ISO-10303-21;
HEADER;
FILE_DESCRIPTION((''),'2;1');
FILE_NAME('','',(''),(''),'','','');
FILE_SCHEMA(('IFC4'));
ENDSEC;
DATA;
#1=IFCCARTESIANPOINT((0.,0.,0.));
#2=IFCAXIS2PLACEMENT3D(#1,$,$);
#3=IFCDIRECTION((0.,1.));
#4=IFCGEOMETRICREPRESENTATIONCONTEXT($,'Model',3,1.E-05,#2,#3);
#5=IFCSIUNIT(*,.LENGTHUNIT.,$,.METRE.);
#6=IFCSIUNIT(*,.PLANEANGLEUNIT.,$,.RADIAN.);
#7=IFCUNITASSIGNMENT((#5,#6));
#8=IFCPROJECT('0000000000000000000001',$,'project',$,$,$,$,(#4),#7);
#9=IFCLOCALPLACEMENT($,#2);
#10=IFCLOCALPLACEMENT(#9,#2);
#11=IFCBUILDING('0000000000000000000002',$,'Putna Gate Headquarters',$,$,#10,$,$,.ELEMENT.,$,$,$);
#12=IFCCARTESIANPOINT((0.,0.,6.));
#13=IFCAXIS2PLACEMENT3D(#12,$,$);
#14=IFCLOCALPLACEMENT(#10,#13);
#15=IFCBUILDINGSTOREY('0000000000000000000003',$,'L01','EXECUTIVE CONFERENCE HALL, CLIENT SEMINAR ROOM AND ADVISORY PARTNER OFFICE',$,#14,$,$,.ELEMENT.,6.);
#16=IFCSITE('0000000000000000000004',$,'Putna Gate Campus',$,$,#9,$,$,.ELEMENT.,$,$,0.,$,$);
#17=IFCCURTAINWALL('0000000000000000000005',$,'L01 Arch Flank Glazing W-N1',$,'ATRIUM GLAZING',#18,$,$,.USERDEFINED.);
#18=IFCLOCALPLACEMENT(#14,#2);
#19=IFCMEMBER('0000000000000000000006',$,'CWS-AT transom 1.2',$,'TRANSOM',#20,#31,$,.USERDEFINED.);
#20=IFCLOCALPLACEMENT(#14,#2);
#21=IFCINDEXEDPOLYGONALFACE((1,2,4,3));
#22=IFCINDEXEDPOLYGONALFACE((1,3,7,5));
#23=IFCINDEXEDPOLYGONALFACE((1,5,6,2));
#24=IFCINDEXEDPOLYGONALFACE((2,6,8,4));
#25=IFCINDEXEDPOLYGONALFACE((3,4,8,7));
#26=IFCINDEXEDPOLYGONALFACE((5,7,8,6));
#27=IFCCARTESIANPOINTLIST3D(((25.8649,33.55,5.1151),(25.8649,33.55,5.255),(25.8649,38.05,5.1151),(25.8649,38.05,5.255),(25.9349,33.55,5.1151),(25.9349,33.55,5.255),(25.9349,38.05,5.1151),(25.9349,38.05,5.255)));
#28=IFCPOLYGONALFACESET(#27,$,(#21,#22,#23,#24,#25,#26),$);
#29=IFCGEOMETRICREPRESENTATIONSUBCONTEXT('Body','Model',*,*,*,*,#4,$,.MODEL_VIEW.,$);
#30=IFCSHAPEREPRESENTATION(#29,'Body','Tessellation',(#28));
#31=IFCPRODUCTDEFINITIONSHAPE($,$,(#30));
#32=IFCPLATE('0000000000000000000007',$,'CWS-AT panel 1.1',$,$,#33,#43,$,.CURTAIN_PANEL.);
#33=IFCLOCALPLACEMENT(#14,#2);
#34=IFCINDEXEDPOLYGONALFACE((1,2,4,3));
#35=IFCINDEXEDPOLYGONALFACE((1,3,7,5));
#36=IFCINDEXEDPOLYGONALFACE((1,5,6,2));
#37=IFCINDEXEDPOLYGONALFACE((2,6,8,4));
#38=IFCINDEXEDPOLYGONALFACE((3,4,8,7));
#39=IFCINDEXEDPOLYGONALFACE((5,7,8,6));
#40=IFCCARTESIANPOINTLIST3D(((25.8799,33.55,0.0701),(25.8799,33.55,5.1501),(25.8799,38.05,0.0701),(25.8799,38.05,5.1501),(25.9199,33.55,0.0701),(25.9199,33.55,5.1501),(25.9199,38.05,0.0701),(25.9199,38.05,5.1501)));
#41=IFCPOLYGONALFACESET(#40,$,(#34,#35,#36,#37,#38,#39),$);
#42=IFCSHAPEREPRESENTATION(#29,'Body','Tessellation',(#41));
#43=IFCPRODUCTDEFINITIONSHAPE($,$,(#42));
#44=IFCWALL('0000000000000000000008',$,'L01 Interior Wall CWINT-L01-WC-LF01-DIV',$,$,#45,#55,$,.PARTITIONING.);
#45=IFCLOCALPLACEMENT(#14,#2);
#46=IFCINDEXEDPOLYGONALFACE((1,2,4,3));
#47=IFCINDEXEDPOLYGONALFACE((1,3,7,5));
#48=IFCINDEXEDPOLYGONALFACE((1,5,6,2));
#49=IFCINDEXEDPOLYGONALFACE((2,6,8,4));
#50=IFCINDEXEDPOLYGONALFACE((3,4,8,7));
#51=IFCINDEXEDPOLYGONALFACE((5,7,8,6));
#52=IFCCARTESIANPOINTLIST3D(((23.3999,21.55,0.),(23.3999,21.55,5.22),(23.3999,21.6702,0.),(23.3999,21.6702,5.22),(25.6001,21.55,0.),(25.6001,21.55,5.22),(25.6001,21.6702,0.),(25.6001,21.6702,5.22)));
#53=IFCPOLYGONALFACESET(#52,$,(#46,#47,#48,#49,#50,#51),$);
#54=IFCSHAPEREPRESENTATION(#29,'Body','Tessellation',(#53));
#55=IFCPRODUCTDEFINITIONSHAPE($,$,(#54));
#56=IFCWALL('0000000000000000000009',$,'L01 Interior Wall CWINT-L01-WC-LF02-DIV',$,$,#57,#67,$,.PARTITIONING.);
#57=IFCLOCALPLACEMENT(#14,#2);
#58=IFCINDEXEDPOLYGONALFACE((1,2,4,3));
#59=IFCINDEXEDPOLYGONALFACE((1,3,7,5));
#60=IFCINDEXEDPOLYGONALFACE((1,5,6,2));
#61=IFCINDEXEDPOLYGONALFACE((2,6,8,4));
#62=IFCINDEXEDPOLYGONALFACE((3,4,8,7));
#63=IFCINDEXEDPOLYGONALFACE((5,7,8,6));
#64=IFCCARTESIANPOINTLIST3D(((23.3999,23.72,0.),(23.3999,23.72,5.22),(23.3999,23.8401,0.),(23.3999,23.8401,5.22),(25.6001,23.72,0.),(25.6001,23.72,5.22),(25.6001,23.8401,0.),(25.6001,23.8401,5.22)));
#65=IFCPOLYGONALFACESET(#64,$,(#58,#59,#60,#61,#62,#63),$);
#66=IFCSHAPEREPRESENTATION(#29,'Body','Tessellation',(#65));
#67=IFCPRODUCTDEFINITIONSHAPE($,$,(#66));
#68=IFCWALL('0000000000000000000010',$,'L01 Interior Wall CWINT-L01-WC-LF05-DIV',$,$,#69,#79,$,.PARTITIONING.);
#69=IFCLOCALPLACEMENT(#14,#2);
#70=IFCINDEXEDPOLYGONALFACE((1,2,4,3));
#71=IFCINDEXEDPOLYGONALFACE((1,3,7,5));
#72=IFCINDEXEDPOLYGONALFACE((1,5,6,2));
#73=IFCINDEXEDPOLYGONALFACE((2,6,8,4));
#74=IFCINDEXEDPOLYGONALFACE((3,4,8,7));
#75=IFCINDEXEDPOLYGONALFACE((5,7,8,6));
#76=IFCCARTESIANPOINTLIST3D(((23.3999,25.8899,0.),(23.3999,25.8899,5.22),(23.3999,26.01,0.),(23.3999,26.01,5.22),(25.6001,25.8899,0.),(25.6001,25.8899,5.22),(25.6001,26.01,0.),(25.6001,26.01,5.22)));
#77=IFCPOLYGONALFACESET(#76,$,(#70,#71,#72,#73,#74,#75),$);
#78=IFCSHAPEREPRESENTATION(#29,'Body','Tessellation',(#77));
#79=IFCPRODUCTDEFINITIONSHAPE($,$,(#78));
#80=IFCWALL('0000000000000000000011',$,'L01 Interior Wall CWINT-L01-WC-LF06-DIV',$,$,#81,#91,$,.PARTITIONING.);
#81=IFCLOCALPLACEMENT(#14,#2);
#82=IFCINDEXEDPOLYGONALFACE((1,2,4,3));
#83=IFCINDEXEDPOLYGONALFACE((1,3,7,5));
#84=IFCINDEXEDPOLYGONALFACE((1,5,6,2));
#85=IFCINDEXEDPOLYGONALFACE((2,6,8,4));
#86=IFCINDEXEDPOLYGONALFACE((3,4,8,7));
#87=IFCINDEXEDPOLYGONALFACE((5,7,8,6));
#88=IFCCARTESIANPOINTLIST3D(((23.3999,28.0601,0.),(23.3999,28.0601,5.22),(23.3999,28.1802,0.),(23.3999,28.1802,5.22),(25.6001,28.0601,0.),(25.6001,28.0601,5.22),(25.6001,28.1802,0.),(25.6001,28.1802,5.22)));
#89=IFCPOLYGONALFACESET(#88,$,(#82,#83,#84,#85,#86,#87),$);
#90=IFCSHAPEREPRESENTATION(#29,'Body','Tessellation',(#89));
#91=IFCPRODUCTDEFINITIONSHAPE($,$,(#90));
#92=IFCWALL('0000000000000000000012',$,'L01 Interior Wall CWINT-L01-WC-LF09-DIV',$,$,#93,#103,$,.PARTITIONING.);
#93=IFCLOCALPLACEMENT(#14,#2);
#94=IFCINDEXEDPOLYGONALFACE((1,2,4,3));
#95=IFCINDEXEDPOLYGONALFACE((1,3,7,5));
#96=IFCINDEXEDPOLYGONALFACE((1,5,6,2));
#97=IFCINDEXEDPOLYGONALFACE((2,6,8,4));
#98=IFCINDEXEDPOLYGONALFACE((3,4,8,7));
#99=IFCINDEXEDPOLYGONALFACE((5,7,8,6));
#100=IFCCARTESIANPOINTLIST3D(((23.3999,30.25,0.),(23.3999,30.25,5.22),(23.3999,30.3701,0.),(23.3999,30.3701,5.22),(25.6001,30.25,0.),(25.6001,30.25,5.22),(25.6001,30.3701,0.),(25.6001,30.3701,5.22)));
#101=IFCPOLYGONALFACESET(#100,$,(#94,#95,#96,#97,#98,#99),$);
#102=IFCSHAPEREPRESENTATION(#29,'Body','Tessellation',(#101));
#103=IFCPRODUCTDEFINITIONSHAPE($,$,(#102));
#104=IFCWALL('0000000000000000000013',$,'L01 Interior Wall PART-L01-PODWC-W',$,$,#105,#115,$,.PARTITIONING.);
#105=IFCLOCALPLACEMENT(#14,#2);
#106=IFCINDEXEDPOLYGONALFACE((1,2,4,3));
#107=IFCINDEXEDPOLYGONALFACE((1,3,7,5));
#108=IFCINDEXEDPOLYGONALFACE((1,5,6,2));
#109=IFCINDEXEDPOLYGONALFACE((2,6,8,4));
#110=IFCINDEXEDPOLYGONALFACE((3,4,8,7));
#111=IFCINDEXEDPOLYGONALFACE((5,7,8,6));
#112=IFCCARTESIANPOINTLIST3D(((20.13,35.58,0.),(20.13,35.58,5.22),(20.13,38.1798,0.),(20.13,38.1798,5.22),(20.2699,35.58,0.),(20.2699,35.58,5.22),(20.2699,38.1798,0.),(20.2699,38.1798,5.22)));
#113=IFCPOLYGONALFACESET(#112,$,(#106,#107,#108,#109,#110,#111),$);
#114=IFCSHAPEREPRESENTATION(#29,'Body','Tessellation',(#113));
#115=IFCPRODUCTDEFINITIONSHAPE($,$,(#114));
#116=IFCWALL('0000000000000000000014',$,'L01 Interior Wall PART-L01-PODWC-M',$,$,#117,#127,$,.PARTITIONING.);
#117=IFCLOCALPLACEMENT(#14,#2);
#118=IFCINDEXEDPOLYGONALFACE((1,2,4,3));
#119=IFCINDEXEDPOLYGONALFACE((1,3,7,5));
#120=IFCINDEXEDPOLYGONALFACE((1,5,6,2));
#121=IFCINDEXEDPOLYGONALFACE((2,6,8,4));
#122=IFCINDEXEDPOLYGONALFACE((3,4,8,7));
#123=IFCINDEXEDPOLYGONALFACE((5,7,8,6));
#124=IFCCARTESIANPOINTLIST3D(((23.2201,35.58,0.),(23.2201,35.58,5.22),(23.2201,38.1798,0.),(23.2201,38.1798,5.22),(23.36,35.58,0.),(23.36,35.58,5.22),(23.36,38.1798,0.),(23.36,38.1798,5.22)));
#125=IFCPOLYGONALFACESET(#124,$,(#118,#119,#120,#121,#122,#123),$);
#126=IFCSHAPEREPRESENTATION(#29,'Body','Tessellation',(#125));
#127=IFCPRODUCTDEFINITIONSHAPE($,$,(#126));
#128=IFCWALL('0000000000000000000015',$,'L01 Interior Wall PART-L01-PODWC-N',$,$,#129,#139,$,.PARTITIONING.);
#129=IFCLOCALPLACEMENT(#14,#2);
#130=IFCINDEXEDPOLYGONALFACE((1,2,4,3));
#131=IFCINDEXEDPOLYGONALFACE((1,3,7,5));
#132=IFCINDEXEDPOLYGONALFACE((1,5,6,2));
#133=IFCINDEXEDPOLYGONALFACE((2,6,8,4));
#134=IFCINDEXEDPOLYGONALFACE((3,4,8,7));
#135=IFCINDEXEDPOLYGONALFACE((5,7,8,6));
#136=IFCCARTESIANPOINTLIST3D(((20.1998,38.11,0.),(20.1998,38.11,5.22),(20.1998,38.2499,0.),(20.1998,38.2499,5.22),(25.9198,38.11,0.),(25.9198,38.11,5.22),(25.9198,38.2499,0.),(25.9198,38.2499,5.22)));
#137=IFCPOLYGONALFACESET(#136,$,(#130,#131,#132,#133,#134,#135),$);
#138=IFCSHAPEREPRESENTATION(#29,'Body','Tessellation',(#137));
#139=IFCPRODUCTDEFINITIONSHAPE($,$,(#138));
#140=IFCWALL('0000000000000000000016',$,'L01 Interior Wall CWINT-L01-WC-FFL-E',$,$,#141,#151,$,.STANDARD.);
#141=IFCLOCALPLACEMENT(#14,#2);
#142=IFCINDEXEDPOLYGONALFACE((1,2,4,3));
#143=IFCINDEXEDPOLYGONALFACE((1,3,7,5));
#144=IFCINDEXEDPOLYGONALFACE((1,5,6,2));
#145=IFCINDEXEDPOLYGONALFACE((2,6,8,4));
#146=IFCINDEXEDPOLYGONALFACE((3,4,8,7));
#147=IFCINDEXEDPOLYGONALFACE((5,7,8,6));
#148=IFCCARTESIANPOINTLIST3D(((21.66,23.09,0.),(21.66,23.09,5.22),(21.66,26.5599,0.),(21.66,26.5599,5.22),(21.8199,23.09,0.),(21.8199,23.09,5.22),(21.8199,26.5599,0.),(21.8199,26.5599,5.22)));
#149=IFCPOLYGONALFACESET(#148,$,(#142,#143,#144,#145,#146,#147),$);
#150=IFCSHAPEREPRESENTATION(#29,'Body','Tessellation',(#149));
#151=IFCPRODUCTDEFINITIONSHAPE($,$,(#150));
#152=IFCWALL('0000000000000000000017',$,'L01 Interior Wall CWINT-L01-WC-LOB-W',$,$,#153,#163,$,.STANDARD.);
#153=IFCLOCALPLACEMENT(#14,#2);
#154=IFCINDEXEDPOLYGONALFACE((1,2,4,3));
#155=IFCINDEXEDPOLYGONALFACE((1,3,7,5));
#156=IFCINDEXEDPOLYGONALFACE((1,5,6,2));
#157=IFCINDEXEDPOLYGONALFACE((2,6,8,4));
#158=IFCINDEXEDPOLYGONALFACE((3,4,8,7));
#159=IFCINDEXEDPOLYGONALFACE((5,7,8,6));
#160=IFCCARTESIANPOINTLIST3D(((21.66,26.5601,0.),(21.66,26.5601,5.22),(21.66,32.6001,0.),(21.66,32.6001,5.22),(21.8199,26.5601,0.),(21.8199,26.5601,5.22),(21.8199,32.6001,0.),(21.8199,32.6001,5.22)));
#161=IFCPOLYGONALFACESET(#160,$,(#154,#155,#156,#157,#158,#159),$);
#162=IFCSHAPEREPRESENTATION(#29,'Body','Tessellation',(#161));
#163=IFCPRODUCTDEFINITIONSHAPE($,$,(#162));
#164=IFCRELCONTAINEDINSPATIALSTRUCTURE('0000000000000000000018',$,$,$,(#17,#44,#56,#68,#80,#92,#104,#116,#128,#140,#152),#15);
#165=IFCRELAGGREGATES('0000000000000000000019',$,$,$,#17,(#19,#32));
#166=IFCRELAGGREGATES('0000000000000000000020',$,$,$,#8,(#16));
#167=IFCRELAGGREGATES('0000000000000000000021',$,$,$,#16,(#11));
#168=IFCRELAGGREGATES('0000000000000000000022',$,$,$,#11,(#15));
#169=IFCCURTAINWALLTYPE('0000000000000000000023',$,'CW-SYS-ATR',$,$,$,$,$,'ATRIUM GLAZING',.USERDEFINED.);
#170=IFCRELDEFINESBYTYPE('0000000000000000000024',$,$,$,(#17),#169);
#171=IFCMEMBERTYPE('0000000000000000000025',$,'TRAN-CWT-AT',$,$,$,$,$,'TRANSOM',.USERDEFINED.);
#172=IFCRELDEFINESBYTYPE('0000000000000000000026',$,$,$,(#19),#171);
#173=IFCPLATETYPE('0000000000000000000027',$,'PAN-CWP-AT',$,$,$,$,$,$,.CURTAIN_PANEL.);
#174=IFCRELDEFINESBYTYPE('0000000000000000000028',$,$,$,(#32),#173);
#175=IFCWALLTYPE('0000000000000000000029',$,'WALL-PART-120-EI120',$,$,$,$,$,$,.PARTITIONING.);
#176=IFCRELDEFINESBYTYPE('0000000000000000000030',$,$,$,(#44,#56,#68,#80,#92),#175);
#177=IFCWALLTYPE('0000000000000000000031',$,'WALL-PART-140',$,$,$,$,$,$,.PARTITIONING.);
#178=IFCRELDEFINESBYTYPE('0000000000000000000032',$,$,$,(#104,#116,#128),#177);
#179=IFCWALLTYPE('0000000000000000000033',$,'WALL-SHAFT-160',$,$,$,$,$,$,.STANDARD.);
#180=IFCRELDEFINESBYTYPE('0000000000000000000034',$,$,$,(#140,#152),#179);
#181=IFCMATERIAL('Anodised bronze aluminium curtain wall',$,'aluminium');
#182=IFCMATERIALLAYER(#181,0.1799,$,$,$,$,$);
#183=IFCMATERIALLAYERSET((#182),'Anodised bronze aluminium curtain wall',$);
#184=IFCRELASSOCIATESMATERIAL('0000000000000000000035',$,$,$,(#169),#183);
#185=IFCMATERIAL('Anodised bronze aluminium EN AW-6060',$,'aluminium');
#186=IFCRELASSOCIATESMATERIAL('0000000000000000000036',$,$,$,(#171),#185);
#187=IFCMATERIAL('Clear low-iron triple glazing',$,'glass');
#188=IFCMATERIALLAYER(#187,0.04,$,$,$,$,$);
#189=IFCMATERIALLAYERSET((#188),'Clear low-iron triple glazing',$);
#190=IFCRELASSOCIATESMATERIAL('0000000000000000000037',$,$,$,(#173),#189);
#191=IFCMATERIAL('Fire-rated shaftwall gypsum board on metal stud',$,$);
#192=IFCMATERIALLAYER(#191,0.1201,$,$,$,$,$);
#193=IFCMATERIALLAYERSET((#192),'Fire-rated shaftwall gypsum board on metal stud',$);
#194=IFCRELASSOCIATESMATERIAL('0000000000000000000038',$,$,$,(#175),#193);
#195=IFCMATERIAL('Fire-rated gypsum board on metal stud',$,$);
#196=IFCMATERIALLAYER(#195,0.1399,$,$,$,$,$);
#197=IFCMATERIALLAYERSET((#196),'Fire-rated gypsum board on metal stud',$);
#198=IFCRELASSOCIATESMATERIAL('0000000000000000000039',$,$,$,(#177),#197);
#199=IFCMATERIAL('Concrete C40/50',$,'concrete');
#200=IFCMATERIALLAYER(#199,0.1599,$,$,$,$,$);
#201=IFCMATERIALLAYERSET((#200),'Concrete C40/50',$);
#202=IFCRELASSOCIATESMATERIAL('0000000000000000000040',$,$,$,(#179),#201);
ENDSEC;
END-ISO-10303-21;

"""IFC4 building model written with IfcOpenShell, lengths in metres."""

from ifc_helpers import new_model, si_unit, direction, frame, frame_2d, origin, origin_2d, place, context, subcontext, project, spatial, rectangle, extrude, material, layer, layer_set, material_profile, profile_set, type_object, element, aggregate, save


model = new_model("IFC4")

# Units and contexts
model_context = context("Model", 3, precision=1e-05, world=origin(), true_north=direction((0.0, 1.0)))
body_context = subcontext(model_context, "Body", "Model", "MODEL_VIEW")
ifc_project = project(units=[si_unit("LENGTHUNIT", "METRE"), si_unit("PLANEANGLEUNIT", "RADIAN")], contexts=[model_context])

# Site, building, storey
site_placement = place(None, origin())
site = spatial("IfcSite", under=ifc_project, at=site_placement, Name="Putna Gate Campus", CompositionType="ELEMENT", RefElevation=0.0)
building_placement = place(site_placement, origin())
building = spatial("IfcBuilding", under=site, at=building_placement, Name="Putna Gate Headquarters", CompositionType="ELEMENT")
storey_placement = place(building_placement, frame((0.0, 0.0, 6.0)))
storey = spatial("IfcBuildingStorey", under=building, at=storey_placement, Name="L01", Description="EXECUTIVE CONFERENCE HALL, CLIENT SEMINAR ROOM AND ADVISORY PARTNER OFFICE", CompositionType="ELEMENT", Elevation=6.0)

# Curtain wall, member, plate
ifc_material_1 = material(Name="Anodised bronze aluminium curtain wall", Category="aluminium")
ifc_layer_1 = layer(ifc_material_1, 0.1799)
ifc_layer_set_1 = layer_set([ifc_layer_1], Name="Anodised bronze aluminium curtain wall")
curtain_wall_type = type_object("IfcCurtainWallType", Name="CW-SYS-ATR", ElementType="ATRIUM GLAZING", PredefinedType="USERDEFINED", material=ifc_layer_set_1)
curtain_wall_placement = place(storey_placement, origin())
curtain_wall = element("IfcCurtainWall", 1, at=curtain_wall_placement, inside=storey, type_object=curtain_wall_type, Name="L01 Arch Flank Glazing W-N1", ObjectType="ATRIUM GLAZING", PredefinedType="USERDEFINED")
ifc_material_2 = material(Name="Anodised bronze aluminium EN AW-6060", Category="aluminium")
ifc_material_profile_1 = material_profile(ifc_material_2, rectangle(XDim=0.0701, YDim=0.1399, at=origin_2d()), Name="Anodised bronze aluminium EN AW-6060")
ifc_profile_set_1 = profile_set([ifc_material_profile_1], Name="Anodised bronze aluminium EN AW-6060")
member_type_1 = type_object("IfcMemberType", Name="TRAN-CWT-AT", ElementType="TRANSOM", PredefinedType="USERDEFINED", material=ifc_profile_set_1)
member_1_placement = place(storey_placement, frame((25.8999, 33.55, 5.1851), z_axis=(0.0, 1.0, 0.0), x_axis=(-1.0, 0.0, 0.0)))
member_1 = element("IfcMember", 2, at=member_1_placement, type_object=member_type_1, Name="CWS-AT transom 1.2", ObjectType="TRANSOM", PredefinedType="USERDEFINED", context=body_context, shape_type="SweptSolid", body=[
    extrude(rectangle(XDim=0.0701, YDim=0.1399, at=origin_2d()), origin(), (0.0, 0.0, 1.0), 4.5),
])
ifc_material_3 = material(Name="Clear low-iron triple glazing", Category="glass")
ifc_layer_2 = layer(ifc_material_3, 0.04)
ifc_layer_set_2 = layer_set([ifc_layer_2], Name="Clear low-iron triple glazing")
plate_type = type_object("IfcPlateType", Name="PAN-CWP-AT", PredefinedType="CURTAIN_PANEL", material=ifc_layer_set_2)
plate_placement = place(storey_placement, frame((25.8999, 35.8, 0.0701), z_axis=(0.0, 0.0, 1.0), x_axis=(0.0, 1.0, 0.0)))
plate = element("IfcPlate", 3, at=plate_placement, type_object=plate_type, Name="CWS-AT panel 1.1", PredefinedType="CURTAIN_PANEL", context=body_context, shape_type="SweptSolid", body=[
    extrude(rectangle(XDim=4.5, YDim=0.04, at=origin_2d()), origin(), (0.0, 0.0, 1.0), 5.0801),
])
aggregate(curtain_wall, [member_1, plate])

# Walls
ifc_material_4 = material(Name="Fire-rated shaftwall gypsum board on metal stud")
ifc_layer_3 = layer(ifc_material_4, 0.1201)
ifc_layer_set_3 = layer_set([ifc_layer_3], Name="Fire-rated shaftwall gypsum board on metal stud")
wall_type_1 = type_object("IfcWallType", Name="WALL-PART-120-EI120", PredefinedType="PARTITIONING", material=ifc_layer_set_3)
for number, where, z_axis, x_axis, name in (
    (4, (23.3999, 21.6101, 0.0), (0.0, 0.0, 1.0), (1.0, 0.0, 0.0), "L01 Interior Wall CWINT-L01-WC-LF01-DIV"),
    (5, (23.3999, 23.78, 0.0), (0.0, 0.0, 1.0), (1.0, 0.0, 0.0), "L01 Interior Wall CWINT-L01-WC-LF02-DIV"),
    (6, (23.3999, 25.95, 0.0), (0.0, 0.0, 1.0), (1.0, 0.0, 0.0), "L01 Interior Wall CWINT-L01-WC-LF05-DIV"),
    (7, (23.3999, 28.1201, 0.0), (0.0, 0.0, 1.0), (1.0, 0.0, 0.0), "L01 Interior Wall CWINT-L01-WC-LF06-DIV"),
    (8, (23.3999, 30.3101, 0.0), (0.0, 0.0, 1.0), (1.0, 0.0, 0.0), "L01 Interior Wall CWINT-L01-WC-LF09-DIV"),
):
    element("IfcWall", number, at=place(storey_placement, frame(where, z_axis=z_axis, x_axis=x_axis)), inside=storey, type_object=wall_type_1, Name=name, PredefinedType="PARTITIONING", context=body_context, shape_type="SweptSolid", body=[
        extrude(rectangle(XDim=2.2002, YDim=0.1201, at=frame_2d((1.1001, 0.0))), origin(), (0.0, 0.0, 1.0), 5.22),
    ])
ifc_material_5 = material(Name="Fire-rated gypsum board on metal stud")
ifc_layer_4 = layer(ifc_material_5, 0.1399)
ifc_layer_set_4 = layer_set([ifc_layer_4], Name="Fire-rated gypsum board on metal stud")
wall_type_2 = type_object("IfcWallType", Name="WALL-PART-140", PredefinedType="PARTITIONING", material=ifc_layer_set_4)
for number, where, z_axis, x_axis, name in (
    (9, (20.2, 35.5801, 0.0), (0.0, 0.0, 1.0), (0.0, 1.0, 0.0), "L01 Interior Wall PART-L01-PODWC-W"),
    (10, (23.29, 35.5801, 0.0), (0.0, 0.0, 1.0), (0.0, 1.0, 0.0), "L01 Interior Wall PART-L01-PODWC-M"),
):
    element("IfcWall", number, at=place(storey_placement, frame(where, z_axis=z_axis, x_axis=x_axis)), inside=storey, type_object=wall_type_2, Name=name, PredefinedType="PARTITIONING", context=body_context, shape_type="SweptSolid", body=[
        extrude(rectangle(XDim=2.5999, YDim=0.1399, at=frame_2d((1.2998, 0.0))), origin(), (0.0, 0.0, 1.0), 5.22),
    ])
wall_1_placement = place(storey_placement, frame((20.2, 38.1799, 0.0), z_axis=(0.0, 0.0, 1.0), x_axis=(1.0, 0.0, 0.0)))
element("IfcWall", 11, at=wall_1_placement, inside=storey, type_object=wall_type_2, Name="L01 Interior Wall PART-L01-PODWC-N", PredefinedType="PARTITIONING", context=body_context, shape_type="SweptSolid", body=[
    extrude(rectangle(XDim=5.72, YDim=0.1399, at=frame_2d((2.8599, 0.0))), origin(), (0.0, 0.0, 1.0), 5.22),
])
ifc_material_6 = material(Name="Concrete C40/50", Category="concrete")
ifc_layer_5 = layer(ifc_material_6, 0.1599)
ifc_layer_set_5 = layer_set([ifc_layer_5], Name="Concrete C40/50")
wall_type_3 = type_object("IfcWallType", Name="WALL-SHAFT-160", PredefinedType="STANDARD", material=ifc_layer_set_5)
wall_2_placement = place(storey_placement, frame((21.74, 23.0901, 0.0), z_axis=(0.0, 0.0, 1.0), x_axis=(0.0, 1.0, 0.0)))
element("IfcWall", 12, at=wall_2_placement, inside=storey, type_object=wall_type_3, Name="L01 Interior Wall CWINT-L01-WC-FFL-E", PredefinedType="STANDARD", context=body_context, shape_type="SweptSolid", body=[
    extrude(rectangle(XDim=3.47, YDim=0.1599, at=frame_2d((1.7349, 0.0))), origin(), (0.0, 0.0, 1.0), 5.22),
])
wall_3_placement = place(storey_placement, frame((21.74, 26.5601, 0.0), z_axis=(0.0, 0.0, 1.0), x_axis=(0.0, 1.0, 0.0)))
element("IfcWall", 13, at=wall_3_placement, inside=storey, type_object=wall_type_3, Name="L01 Interior Wall CWINT-L01-WC-LOB-W", PredefinedType="STANDARD", context=body_context, shape_type="SweptSolid", body=[
    extrude(rectangle(XDim=6.04, YDim=0.1599, at=frame_2d((3.02, 0.0))), origin(), (0.0, 0.0, 1.0), 5.22),
])

save(model, "model.ifc")
